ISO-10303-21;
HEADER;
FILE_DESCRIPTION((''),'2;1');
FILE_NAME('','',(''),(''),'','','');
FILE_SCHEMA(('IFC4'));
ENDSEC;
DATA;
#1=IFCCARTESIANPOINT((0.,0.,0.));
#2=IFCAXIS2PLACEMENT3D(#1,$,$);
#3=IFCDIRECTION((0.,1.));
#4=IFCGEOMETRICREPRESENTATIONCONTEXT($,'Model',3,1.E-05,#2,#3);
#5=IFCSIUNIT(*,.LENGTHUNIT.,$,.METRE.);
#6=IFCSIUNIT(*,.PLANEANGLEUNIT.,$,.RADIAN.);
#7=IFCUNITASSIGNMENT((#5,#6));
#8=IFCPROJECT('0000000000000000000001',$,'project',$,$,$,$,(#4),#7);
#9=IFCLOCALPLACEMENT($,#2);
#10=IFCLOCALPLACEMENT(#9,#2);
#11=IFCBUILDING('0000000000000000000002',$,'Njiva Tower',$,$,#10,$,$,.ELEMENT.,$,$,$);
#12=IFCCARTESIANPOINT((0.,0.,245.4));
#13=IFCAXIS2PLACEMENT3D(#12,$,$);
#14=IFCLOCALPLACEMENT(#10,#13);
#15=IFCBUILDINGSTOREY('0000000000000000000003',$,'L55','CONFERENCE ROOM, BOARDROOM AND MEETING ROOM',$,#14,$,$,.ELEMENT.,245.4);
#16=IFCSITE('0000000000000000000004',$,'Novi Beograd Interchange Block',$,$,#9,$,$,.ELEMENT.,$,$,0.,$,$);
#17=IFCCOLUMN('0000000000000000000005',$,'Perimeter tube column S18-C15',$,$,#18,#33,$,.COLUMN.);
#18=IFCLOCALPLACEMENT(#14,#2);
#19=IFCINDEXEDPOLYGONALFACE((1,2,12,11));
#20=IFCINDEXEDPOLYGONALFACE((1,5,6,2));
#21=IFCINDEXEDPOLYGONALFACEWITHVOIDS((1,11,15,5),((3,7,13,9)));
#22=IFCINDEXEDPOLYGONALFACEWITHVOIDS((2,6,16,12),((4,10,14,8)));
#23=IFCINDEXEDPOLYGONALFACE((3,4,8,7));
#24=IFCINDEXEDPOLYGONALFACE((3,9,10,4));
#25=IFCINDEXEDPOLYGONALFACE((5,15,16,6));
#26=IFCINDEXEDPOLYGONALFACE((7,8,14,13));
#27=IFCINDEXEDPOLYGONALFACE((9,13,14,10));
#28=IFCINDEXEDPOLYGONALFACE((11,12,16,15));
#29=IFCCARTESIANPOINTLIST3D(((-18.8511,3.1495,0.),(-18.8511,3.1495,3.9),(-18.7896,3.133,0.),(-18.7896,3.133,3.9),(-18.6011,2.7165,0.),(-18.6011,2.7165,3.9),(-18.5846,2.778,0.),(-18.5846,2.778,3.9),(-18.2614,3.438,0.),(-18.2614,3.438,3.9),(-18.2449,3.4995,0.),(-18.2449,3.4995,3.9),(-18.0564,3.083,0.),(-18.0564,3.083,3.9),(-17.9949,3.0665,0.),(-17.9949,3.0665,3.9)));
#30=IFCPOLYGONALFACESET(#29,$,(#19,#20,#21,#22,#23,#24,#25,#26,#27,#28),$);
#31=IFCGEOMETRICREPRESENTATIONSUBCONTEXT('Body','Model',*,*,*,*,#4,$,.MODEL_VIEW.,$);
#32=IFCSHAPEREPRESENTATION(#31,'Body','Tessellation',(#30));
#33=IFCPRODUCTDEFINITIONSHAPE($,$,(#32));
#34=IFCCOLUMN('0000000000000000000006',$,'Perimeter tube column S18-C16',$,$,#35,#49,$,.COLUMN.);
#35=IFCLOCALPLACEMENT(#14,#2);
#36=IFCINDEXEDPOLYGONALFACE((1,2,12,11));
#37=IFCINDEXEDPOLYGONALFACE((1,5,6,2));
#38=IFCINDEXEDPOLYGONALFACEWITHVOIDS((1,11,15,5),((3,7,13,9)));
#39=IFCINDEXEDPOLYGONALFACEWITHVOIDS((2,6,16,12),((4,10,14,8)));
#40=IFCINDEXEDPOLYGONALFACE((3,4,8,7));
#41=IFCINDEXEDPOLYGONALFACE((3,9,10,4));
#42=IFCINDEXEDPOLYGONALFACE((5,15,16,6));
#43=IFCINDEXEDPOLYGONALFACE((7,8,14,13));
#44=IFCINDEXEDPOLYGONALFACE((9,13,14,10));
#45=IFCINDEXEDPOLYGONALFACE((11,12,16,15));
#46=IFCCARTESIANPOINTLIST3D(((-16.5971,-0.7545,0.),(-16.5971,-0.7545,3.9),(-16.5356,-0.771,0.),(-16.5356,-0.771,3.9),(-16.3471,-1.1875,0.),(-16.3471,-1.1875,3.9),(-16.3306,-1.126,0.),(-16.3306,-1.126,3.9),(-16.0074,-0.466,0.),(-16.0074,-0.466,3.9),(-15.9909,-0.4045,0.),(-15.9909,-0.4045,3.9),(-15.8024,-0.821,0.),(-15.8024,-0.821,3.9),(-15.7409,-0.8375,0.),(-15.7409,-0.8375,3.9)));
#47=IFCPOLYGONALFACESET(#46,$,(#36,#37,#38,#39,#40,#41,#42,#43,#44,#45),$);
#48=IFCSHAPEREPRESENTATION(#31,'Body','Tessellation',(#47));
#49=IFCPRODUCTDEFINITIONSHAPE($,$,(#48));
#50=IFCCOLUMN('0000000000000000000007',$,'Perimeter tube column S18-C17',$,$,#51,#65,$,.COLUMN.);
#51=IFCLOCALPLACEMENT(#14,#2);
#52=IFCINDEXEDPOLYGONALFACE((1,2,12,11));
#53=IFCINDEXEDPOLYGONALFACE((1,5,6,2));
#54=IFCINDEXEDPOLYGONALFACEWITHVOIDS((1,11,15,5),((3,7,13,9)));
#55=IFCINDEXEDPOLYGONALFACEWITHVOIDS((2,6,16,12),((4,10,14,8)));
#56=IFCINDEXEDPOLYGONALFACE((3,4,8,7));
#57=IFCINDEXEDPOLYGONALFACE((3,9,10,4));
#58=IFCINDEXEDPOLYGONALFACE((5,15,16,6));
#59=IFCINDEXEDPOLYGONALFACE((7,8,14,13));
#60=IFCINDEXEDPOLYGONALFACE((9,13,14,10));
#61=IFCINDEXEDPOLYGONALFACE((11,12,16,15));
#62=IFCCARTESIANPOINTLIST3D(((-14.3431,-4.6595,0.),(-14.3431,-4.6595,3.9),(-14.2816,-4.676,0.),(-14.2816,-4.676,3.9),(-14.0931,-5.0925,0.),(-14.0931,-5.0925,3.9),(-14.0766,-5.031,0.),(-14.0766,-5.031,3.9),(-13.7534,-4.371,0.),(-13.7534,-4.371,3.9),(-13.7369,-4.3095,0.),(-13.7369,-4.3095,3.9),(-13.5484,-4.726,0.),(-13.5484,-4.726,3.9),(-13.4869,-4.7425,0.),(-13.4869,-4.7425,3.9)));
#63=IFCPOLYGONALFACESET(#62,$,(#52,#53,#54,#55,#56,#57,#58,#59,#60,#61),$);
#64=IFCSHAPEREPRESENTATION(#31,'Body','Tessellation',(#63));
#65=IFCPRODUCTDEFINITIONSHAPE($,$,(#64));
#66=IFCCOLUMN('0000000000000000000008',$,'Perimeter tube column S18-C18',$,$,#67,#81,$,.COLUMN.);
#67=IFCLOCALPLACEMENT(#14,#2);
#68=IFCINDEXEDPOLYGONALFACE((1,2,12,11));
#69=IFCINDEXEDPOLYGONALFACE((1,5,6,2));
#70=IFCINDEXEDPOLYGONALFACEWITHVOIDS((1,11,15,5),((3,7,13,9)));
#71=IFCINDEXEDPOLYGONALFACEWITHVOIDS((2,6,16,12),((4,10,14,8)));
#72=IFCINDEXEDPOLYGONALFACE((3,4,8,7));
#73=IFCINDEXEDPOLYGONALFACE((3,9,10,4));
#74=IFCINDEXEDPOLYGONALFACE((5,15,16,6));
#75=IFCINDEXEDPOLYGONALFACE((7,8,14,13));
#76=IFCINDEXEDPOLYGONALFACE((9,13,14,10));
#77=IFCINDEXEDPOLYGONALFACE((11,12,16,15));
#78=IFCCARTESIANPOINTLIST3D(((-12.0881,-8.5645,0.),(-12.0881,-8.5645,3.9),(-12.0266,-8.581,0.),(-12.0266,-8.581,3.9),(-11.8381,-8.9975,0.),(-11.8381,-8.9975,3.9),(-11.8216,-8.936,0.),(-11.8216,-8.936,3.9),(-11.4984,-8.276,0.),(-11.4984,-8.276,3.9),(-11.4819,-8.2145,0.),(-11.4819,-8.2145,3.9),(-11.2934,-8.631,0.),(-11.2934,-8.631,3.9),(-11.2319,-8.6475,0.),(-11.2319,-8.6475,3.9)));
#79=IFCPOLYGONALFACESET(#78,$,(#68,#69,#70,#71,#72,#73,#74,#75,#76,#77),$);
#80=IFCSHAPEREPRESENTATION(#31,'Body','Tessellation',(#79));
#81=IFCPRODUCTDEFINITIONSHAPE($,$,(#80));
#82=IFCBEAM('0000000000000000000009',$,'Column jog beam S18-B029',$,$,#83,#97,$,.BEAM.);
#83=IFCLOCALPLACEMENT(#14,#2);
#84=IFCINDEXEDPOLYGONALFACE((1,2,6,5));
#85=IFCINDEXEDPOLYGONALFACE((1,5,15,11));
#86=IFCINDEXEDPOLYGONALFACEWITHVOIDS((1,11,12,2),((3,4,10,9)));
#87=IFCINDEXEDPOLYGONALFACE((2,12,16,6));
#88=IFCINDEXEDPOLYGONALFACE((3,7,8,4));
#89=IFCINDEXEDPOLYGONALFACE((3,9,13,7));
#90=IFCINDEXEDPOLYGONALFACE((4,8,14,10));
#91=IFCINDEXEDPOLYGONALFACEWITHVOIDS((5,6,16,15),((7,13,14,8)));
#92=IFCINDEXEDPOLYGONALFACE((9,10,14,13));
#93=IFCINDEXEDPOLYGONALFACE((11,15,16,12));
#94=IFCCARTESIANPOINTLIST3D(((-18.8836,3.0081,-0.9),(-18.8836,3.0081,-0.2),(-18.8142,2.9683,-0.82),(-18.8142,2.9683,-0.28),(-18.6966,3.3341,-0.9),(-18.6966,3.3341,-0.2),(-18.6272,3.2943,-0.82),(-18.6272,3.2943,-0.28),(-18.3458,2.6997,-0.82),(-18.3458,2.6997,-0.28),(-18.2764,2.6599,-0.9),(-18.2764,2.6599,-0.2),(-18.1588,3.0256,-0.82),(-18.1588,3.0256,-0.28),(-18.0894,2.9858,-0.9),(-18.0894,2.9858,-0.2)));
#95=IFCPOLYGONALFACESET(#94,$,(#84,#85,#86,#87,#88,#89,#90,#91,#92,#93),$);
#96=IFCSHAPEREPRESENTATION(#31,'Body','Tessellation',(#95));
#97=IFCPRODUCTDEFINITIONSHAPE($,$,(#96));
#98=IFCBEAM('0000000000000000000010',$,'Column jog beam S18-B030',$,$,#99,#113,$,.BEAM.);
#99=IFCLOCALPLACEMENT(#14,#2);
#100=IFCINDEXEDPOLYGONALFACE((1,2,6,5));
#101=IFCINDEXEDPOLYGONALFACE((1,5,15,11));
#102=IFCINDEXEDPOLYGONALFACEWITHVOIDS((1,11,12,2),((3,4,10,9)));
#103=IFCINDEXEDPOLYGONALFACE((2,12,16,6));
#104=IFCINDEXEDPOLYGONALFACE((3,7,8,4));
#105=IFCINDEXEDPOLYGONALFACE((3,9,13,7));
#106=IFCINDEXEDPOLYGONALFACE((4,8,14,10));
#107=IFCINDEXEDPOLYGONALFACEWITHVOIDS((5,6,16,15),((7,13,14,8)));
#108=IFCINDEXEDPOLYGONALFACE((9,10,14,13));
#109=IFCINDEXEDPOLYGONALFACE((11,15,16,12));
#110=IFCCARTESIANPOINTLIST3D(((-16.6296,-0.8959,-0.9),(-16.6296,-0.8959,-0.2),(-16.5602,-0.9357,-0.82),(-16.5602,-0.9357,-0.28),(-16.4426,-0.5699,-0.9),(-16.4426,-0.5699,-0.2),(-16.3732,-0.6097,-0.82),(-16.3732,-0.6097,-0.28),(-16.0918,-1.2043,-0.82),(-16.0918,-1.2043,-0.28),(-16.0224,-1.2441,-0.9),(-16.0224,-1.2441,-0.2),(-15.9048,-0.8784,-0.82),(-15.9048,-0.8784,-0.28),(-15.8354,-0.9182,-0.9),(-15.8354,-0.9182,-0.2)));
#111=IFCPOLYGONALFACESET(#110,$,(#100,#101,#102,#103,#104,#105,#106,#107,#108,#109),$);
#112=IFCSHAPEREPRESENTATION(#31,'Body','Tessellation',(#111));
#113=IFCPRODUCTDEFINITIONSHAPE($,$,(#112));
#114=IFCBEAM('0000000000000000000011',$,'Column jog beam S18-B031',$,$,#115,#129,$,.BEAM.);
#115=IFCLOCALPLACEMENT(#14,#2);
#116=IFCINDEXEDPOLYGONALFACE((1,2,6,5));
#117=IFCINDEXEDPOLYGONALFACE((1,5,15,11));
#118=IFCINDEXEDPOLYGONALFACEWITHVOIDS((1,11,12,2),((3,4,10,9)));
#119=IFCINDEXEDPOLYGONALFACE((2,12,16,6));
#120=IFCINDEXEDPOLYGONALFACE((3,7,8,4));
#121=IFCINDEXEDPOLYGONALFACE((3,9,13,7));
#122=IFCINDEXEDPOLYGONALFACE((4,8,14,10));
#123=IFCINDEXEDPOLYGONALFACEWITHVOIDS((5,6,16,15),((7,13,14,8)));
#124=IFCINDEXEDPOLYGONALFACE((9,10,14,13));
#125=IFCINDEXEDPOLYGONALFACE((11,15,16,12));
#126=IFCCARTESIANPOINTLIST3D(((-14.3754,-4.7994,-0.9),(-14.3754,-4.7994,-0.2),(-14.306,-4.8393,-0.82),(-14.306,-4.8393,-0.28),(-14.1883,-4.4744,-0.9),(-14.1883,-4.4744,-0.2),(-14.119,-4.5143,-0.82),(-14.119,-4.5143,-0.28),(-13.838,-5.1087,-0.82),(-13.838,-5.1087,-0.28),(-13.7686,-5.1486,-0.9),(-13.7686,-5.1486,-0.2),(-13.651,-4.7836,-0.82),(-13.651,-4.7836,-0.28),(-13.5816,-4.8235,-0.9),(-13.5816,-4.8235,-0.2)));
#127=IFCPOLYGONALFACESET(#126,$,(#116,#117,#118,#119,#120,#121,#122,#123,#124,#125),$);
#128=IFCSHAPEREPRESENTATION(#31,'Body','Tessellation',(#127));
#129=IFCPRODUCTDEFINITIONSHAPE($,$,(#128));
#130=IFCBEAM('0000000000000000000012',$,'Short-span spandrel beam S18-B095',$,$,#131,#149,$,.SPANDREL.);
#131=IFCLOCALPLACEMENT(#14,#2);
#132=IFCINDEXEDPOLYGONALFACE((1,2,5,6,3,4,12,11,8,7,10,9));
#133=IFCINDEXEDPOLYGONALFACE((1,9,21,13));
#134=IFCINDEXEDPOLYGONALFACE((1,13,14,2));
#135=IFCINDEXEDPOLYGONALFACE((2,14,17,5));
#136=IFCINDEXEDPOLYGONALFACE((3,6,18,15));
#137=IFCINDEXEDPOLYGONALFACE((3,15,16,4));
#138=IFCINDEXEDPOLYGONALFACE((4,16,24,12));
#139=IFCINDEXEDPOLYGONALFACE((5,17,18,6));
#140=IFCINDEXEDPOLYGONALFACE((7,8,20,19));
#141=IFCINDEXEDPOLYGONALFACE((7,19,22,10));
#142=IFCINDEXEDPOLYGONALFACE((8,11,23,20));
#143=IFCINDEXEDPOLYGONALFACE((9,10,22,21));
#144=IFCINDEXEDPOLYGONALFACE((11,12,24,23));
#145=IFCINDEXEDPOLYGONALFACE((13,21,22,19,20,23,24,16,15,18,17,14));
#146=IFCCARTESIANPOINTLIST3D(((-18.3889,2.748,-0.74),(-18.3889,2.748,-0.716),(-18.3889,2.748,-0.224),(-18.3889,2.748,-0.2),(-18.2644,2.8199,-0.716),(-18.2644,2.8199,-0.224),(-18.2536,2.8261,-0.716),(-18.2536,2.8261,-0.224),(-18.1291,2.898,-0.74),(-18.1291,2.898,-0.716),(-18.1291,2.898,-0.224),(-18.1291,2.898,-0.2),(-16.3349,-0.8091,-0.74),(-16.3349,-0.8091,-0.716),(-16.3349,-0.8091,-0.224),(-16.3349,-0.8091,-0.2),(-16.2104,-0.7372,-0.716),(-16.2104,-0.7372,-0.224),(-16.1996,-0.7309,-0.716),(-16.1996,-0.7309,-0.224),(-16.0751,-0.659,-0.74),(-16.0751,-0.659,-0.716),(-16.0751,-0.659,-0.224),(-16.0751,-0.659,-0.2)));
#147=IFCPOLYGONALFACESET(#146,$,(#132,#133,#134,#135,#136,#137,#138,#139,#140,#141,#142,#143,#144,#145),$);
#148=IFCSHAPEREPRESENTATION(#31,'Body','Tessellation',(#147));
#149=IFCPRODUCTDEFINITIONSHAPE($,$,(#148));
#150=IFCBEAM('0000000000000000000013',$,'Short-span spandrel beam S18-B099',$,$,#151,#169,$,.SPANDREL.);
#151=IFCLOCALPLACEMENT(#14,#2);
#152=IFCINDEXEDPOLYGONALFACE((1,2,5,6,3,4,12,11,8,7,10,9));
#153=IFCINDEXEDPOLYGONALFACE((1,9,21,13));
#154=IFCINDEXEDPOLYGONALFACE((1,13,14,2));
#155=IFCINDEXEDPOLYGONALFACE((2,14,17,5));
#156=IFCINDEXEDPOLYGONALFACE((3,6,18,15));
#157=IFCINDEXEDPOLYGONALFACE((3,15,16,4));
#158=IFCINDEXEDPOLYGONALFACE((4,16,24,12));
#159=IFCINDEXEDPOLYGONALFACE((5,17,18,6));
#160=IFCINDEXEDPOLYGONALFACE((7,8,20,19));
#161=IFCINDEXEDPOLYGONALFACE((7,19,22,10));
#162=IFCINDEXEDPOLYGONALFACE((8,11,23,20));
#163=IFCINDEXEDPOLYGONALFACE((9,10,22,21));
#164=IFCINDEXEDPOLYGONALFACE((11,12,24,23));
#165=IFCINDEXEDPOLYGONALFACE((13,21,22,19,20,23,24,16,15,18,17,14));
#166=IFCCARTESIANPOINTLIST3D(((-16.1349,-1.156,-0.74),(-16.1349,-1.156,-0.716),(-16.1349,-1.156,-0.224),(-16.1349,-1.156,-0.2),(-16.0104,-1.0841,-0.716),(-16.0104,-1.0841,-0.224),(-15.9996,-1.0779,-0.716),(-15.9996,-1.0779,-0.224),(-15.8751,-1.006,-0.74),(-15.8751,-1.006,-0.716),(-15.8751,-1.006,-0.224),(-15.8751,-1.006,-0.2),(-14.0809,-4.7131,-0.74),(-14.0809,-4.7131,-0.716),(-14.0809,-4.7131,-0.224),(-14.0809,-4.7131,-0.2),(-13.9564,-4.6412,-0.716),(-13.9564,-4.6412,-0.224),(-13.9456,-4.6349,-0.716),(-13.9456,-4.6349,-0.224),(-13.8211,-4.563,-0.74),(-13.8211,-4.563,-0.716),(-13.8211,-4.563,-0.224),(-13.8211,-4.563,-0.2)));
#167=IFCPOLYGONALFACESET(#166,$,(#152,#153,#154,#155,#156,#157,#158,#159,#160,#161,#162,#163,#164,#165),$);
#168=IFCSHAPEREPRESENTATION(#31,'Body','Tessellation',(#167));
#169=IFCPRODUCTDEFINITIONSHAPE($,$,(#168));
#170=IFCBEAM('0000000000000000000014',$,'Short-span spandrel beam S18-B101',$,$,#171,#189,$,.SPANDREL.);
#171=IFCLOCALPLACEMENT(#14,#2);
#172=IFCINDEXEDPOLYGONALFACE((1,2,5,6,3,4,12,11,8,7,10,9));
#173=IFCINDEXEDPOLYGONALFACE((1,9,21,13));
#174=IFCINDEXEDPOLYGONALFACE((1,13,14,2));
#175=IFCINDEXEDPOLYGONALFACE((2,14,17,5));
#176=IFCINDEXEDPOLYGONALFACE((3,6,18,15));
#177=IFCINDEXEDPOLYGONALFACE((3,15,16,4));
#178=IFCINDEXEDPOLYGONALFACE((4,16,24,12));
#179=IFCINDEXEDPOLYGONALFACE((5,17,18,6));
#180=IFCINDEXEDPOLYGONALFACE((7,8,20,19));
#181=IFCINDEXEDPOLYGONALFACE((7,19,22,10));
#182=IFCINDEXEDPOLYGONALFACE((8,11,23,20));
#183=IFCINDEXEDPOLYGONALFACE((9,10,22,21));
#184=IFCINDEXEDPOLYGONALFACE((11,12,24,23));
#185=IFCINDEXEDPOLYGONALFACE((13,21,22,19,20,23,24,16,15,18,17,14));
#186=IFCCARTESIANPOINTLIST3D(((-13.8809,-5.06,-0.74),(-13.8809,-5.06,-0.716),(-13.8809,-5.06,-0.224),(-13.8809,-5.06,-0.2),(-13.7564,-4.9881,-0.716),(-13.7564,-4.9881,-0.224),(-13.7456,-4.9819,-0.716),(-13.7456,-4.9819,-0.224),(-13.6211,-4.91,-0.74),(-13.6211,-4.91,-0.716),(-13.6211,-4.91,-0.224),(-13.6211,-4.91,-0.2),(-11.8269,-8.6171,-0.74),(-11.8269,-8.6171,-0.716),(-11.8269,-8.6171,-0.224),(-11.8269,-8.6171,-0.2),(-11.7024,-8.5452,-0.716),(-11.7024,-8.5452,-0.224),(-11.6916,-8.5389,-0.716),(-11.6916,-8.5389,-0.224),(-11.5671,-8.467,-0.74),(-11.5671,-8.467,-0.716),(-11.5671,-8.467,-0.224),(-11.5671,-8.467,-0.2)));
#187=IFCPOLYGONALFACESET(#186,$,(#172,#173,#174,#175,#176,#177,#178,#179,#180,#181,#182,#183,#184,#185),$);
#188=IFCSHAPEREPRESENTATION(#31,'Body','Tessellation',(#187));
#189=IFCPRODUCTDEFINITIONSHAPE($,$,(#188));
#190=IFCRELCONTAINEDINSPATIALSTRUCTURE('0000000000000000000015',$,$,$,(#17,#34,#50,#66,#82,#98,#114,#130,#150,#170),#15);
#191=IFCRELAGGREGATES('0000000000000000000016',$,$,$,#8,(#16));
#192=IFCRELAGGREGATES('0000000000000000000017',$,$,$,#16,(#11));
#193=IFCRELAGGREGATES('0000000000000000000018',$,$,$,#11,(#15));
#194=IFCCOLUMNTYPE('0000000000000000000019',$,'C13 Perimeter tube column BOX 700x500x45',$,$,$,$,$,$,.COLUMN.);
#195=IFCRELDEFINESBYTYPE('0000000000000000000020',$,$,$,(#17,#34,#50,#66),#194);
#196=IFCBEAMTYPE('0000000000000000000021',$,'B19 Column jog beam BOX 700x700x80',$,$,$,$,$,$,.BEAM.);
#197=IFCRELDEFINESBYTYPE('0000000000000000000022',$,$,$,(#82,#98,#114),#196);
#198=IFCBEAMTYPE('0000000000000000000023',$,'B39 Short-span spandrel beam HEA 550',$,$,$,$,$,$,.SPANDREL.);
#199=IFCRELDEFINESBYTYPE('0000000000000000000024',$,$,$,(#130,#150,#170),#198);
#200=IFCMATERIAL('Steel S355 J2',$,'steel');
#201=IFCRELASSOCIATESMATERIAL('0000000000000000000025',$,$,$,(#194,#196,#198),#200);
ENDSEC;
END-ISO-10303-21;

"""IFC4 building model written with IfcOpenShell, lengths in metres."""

from ifc_helpers import new_model, si_unit, direction, frame, origin, origin_2d, place, context, subcontext, project, spatial, hollow_rectangle, i_section, extrude, material, material_profile, profile_set, type_object, element, save


model = new_model("IFC4")

# Units and contexts
model_context = context("Model", 3, precision=1e-05, world=origin(), true_north=direction((0.0, 1.0)))
body_context = subcontext(model_context, "Body", "Model", "MODEL_VIEW")
ifc_project = project(units=[si_unit("LENGTHUNIT", "METRE"), si_unit("PLANEANGLEUNIT", "RADIAN")], contexts=[model_context])

# Site, building, storey
site_placement = place(None, origin())
site = spatial("IfcSite", under=ifc_project, at=site_placement, Name="Novi Beograd Interchange Block", CompositionType="ELEMENT", RefElevation=0.0)
building_placement = place(site_placement, origin())
building = spatial("IfcBuilding", under=site, at=building_placement, Name="Njiva Tower", CompositionType="ELEMENT")
storey_placement = place(building_placement, frame((0.0, 0.0, 245.4)))
storey = spatial("IfcBuildingStorey", under=building, at=storey_placement, Name="L55", Description="CONFERENCE ROOM, BOARDROOM AND MEETING ROOM", CompositionType="ELEMENT", Elevation=245.4)

# Columns
ifc_material_1 = material(Name="Steel S355 J2", Category="steel")
ifc_material_profile_1 = material_profile(ifc_material_1, hollow_rectangle(XDim=0.5, YDim=0.7, WallThickness=0.045, at=origin_2d()), Name="BOX 700x500x45")
ifc_profile_set_1 = profile_set([ifc_material_profile_1], Name="Steel S355 J2")
column_type = type_object("IfcColumnType", Name="C13 Perimeter tube column BOX 700x500x45", PredefinedType="COLUMN", material=ifc_profile_set_1)
for number, where, z_axis, x_axis, name in (
    (1, (-18.423, 3.108, 0.0), (0.0, 0.0, 1.0), (0.5, -0.866025, 0.0), "Perimeter tube column S18-C15"),
    (2, (-16.169, -0.796, 0.0), (0.0, 0.0, 1.0), (0.5, -0.866025, 0.0), "Perimeter tube column S18-C16"),
    (3, (-13.915, -4.701, 0.0), (0.0, 0.0, 1.0), (0.5, -0.866025, 0.0), "Perimeter tube column S18-C17"),
    (4, (-11.66, -8.606, 0.0), (0.0, 0.0, 1.0), (0.5, -0.866025, 0.0), "Perimeter tube column S18-C18"),
):
    element("IfcColumn", number, at=place(storey_placement, frame(where, z_axis=z_axis, x_axis=x_axis)), inside=storey, type_object=column_type, Name=name, PredefinedType="COLUMN", context=body_context, shape_type="SweptSolid", body=[
        extrude(hollow_rectangle(XDim=0.5, YDim=0.7, WallThickness=0.045, at=origin_2d()), origin(), (0.0, 0.0, 1.0), 3.9),
    ])

# Beams
ifc_material_profile_2 = material_profile(ifc_material_1, hollow_rectangle(XDim=0.7, YDim=0.7, WallThickness=0.08, at=origin_2d()), Name="BOX 700x700x80")
ifc_profile_set_2 = profile_set([ifc_material_profile_2], Name="Steel S355 J2")
beam_type_1 = type_object("IfcBeamType", Name="B19 Column jog beam BOX 700x700x80", PredefinedType="BEAM", material=ifc_profile_set_2)
for number, where, z_axis, x_axis, name in (
    (5, (-18.58, 2.834, -0.55), (0.497571, 0.867423, 0.0), (-0.867423, 0.497571, 0.0), "Column jog beam S18-B029"),
    (6, (-16.326, -1.07, -0.55), (0.497571, 0.867423, 0.0), (-0.867423, 0.497571, 0.0), "Column jog beam S18-B030"),
):
    element("IfcBeam", number, at=place(storey_placement, frame(where, z_axis=z_axis, x_axis=x_axis)), inside=storey, type_object=beam_type_1, Name=name, PredefinedType="BEAM", context=body_context, shape_type="SweptSolid", body=[
        extrude(hollow_rectangle(XDim=0.7, YDim=0.7, WallThickness=0.08, at=origin_2d()), origin(), (0.0, 0.0, 1.0), 0.3758),
    ])
beam_1_placement = place(storey_placement, frame((-14.072, -4.974, -0.55), z_axis=(0.498722, 0.866762, 0.0), x_axis=(-0.866762, 0.498722, 0.0)))
element("IfcBeam", 7, at=beam_1_placement, inside=storey, type_object=beam_type_1, Name="Column jog beam S18-B031", PredefinedType="BEAM", context=body_context, shape_type="SweptSolid", body=[
    extrude(hollow_rectangle(XDim=0.7, YDim=0.7, WallThickness=0.08, at=origin_2d()), origin(), (0.0, 0.0, 1.0), 0.375),
])
ifc_material_profile_3 = material_profile(ifc_material_1, i_section(OverallWidth=0.3, OverallDepth=0.54, WebThickness=0.0125, FlangeThickness=0.024, at=origin_2d()), Name="HEA 550")
ifc_profile_set_3 = profile_set([ifc_material_profile_3], Name="Steel S355 J2")
beam_type_2 = type_object("IfcBeamType", Name="B39 Short-span spandrel beam HEA 550", PredefinedType="SPANDREL", material=ifc_profile_set_3)
for number, where, z_axis, x_axis, name in (
    (8, (-18.259, 2.823, -0.47), (0.500067, -0.865987, 0.0), (0.865987, 0.500067, 0.0), "Short-span spandrel beam S18-B095"),
    (9, (-16.005, -1.081, -0.47), (0.500067, -0.865987, 0.0), (0.865987, 0.500067, 0.0), "Short-span spandrel beam S18-B099"),
    (10, (-13.751, -4.985, -0.47), (0.500067, -0.865987, 0.0), (0.865987, 0.500067, 0.0), "Short-span spandrel beam S18-B101"),
):
    element("IfcBeam", number, at=place(storey_placement, frame(where, z_axis=z_axis, x_axis=x_axis)), inside=storey, type_object=beam_type_2, Name=name, PredefinedType="SPANDREL", context=body_context, shape_type="SweptSolid", body=[
        extrude(i_section(OverallWidth=0.3, OverallDepth=0.54, WebThickness=0.0125, FlangeThickness=0.024, at=origin_2d()), origin(), (0.0, 0.0, 1.0), 4.1075),
    ])

save(model, "model.ifc")
